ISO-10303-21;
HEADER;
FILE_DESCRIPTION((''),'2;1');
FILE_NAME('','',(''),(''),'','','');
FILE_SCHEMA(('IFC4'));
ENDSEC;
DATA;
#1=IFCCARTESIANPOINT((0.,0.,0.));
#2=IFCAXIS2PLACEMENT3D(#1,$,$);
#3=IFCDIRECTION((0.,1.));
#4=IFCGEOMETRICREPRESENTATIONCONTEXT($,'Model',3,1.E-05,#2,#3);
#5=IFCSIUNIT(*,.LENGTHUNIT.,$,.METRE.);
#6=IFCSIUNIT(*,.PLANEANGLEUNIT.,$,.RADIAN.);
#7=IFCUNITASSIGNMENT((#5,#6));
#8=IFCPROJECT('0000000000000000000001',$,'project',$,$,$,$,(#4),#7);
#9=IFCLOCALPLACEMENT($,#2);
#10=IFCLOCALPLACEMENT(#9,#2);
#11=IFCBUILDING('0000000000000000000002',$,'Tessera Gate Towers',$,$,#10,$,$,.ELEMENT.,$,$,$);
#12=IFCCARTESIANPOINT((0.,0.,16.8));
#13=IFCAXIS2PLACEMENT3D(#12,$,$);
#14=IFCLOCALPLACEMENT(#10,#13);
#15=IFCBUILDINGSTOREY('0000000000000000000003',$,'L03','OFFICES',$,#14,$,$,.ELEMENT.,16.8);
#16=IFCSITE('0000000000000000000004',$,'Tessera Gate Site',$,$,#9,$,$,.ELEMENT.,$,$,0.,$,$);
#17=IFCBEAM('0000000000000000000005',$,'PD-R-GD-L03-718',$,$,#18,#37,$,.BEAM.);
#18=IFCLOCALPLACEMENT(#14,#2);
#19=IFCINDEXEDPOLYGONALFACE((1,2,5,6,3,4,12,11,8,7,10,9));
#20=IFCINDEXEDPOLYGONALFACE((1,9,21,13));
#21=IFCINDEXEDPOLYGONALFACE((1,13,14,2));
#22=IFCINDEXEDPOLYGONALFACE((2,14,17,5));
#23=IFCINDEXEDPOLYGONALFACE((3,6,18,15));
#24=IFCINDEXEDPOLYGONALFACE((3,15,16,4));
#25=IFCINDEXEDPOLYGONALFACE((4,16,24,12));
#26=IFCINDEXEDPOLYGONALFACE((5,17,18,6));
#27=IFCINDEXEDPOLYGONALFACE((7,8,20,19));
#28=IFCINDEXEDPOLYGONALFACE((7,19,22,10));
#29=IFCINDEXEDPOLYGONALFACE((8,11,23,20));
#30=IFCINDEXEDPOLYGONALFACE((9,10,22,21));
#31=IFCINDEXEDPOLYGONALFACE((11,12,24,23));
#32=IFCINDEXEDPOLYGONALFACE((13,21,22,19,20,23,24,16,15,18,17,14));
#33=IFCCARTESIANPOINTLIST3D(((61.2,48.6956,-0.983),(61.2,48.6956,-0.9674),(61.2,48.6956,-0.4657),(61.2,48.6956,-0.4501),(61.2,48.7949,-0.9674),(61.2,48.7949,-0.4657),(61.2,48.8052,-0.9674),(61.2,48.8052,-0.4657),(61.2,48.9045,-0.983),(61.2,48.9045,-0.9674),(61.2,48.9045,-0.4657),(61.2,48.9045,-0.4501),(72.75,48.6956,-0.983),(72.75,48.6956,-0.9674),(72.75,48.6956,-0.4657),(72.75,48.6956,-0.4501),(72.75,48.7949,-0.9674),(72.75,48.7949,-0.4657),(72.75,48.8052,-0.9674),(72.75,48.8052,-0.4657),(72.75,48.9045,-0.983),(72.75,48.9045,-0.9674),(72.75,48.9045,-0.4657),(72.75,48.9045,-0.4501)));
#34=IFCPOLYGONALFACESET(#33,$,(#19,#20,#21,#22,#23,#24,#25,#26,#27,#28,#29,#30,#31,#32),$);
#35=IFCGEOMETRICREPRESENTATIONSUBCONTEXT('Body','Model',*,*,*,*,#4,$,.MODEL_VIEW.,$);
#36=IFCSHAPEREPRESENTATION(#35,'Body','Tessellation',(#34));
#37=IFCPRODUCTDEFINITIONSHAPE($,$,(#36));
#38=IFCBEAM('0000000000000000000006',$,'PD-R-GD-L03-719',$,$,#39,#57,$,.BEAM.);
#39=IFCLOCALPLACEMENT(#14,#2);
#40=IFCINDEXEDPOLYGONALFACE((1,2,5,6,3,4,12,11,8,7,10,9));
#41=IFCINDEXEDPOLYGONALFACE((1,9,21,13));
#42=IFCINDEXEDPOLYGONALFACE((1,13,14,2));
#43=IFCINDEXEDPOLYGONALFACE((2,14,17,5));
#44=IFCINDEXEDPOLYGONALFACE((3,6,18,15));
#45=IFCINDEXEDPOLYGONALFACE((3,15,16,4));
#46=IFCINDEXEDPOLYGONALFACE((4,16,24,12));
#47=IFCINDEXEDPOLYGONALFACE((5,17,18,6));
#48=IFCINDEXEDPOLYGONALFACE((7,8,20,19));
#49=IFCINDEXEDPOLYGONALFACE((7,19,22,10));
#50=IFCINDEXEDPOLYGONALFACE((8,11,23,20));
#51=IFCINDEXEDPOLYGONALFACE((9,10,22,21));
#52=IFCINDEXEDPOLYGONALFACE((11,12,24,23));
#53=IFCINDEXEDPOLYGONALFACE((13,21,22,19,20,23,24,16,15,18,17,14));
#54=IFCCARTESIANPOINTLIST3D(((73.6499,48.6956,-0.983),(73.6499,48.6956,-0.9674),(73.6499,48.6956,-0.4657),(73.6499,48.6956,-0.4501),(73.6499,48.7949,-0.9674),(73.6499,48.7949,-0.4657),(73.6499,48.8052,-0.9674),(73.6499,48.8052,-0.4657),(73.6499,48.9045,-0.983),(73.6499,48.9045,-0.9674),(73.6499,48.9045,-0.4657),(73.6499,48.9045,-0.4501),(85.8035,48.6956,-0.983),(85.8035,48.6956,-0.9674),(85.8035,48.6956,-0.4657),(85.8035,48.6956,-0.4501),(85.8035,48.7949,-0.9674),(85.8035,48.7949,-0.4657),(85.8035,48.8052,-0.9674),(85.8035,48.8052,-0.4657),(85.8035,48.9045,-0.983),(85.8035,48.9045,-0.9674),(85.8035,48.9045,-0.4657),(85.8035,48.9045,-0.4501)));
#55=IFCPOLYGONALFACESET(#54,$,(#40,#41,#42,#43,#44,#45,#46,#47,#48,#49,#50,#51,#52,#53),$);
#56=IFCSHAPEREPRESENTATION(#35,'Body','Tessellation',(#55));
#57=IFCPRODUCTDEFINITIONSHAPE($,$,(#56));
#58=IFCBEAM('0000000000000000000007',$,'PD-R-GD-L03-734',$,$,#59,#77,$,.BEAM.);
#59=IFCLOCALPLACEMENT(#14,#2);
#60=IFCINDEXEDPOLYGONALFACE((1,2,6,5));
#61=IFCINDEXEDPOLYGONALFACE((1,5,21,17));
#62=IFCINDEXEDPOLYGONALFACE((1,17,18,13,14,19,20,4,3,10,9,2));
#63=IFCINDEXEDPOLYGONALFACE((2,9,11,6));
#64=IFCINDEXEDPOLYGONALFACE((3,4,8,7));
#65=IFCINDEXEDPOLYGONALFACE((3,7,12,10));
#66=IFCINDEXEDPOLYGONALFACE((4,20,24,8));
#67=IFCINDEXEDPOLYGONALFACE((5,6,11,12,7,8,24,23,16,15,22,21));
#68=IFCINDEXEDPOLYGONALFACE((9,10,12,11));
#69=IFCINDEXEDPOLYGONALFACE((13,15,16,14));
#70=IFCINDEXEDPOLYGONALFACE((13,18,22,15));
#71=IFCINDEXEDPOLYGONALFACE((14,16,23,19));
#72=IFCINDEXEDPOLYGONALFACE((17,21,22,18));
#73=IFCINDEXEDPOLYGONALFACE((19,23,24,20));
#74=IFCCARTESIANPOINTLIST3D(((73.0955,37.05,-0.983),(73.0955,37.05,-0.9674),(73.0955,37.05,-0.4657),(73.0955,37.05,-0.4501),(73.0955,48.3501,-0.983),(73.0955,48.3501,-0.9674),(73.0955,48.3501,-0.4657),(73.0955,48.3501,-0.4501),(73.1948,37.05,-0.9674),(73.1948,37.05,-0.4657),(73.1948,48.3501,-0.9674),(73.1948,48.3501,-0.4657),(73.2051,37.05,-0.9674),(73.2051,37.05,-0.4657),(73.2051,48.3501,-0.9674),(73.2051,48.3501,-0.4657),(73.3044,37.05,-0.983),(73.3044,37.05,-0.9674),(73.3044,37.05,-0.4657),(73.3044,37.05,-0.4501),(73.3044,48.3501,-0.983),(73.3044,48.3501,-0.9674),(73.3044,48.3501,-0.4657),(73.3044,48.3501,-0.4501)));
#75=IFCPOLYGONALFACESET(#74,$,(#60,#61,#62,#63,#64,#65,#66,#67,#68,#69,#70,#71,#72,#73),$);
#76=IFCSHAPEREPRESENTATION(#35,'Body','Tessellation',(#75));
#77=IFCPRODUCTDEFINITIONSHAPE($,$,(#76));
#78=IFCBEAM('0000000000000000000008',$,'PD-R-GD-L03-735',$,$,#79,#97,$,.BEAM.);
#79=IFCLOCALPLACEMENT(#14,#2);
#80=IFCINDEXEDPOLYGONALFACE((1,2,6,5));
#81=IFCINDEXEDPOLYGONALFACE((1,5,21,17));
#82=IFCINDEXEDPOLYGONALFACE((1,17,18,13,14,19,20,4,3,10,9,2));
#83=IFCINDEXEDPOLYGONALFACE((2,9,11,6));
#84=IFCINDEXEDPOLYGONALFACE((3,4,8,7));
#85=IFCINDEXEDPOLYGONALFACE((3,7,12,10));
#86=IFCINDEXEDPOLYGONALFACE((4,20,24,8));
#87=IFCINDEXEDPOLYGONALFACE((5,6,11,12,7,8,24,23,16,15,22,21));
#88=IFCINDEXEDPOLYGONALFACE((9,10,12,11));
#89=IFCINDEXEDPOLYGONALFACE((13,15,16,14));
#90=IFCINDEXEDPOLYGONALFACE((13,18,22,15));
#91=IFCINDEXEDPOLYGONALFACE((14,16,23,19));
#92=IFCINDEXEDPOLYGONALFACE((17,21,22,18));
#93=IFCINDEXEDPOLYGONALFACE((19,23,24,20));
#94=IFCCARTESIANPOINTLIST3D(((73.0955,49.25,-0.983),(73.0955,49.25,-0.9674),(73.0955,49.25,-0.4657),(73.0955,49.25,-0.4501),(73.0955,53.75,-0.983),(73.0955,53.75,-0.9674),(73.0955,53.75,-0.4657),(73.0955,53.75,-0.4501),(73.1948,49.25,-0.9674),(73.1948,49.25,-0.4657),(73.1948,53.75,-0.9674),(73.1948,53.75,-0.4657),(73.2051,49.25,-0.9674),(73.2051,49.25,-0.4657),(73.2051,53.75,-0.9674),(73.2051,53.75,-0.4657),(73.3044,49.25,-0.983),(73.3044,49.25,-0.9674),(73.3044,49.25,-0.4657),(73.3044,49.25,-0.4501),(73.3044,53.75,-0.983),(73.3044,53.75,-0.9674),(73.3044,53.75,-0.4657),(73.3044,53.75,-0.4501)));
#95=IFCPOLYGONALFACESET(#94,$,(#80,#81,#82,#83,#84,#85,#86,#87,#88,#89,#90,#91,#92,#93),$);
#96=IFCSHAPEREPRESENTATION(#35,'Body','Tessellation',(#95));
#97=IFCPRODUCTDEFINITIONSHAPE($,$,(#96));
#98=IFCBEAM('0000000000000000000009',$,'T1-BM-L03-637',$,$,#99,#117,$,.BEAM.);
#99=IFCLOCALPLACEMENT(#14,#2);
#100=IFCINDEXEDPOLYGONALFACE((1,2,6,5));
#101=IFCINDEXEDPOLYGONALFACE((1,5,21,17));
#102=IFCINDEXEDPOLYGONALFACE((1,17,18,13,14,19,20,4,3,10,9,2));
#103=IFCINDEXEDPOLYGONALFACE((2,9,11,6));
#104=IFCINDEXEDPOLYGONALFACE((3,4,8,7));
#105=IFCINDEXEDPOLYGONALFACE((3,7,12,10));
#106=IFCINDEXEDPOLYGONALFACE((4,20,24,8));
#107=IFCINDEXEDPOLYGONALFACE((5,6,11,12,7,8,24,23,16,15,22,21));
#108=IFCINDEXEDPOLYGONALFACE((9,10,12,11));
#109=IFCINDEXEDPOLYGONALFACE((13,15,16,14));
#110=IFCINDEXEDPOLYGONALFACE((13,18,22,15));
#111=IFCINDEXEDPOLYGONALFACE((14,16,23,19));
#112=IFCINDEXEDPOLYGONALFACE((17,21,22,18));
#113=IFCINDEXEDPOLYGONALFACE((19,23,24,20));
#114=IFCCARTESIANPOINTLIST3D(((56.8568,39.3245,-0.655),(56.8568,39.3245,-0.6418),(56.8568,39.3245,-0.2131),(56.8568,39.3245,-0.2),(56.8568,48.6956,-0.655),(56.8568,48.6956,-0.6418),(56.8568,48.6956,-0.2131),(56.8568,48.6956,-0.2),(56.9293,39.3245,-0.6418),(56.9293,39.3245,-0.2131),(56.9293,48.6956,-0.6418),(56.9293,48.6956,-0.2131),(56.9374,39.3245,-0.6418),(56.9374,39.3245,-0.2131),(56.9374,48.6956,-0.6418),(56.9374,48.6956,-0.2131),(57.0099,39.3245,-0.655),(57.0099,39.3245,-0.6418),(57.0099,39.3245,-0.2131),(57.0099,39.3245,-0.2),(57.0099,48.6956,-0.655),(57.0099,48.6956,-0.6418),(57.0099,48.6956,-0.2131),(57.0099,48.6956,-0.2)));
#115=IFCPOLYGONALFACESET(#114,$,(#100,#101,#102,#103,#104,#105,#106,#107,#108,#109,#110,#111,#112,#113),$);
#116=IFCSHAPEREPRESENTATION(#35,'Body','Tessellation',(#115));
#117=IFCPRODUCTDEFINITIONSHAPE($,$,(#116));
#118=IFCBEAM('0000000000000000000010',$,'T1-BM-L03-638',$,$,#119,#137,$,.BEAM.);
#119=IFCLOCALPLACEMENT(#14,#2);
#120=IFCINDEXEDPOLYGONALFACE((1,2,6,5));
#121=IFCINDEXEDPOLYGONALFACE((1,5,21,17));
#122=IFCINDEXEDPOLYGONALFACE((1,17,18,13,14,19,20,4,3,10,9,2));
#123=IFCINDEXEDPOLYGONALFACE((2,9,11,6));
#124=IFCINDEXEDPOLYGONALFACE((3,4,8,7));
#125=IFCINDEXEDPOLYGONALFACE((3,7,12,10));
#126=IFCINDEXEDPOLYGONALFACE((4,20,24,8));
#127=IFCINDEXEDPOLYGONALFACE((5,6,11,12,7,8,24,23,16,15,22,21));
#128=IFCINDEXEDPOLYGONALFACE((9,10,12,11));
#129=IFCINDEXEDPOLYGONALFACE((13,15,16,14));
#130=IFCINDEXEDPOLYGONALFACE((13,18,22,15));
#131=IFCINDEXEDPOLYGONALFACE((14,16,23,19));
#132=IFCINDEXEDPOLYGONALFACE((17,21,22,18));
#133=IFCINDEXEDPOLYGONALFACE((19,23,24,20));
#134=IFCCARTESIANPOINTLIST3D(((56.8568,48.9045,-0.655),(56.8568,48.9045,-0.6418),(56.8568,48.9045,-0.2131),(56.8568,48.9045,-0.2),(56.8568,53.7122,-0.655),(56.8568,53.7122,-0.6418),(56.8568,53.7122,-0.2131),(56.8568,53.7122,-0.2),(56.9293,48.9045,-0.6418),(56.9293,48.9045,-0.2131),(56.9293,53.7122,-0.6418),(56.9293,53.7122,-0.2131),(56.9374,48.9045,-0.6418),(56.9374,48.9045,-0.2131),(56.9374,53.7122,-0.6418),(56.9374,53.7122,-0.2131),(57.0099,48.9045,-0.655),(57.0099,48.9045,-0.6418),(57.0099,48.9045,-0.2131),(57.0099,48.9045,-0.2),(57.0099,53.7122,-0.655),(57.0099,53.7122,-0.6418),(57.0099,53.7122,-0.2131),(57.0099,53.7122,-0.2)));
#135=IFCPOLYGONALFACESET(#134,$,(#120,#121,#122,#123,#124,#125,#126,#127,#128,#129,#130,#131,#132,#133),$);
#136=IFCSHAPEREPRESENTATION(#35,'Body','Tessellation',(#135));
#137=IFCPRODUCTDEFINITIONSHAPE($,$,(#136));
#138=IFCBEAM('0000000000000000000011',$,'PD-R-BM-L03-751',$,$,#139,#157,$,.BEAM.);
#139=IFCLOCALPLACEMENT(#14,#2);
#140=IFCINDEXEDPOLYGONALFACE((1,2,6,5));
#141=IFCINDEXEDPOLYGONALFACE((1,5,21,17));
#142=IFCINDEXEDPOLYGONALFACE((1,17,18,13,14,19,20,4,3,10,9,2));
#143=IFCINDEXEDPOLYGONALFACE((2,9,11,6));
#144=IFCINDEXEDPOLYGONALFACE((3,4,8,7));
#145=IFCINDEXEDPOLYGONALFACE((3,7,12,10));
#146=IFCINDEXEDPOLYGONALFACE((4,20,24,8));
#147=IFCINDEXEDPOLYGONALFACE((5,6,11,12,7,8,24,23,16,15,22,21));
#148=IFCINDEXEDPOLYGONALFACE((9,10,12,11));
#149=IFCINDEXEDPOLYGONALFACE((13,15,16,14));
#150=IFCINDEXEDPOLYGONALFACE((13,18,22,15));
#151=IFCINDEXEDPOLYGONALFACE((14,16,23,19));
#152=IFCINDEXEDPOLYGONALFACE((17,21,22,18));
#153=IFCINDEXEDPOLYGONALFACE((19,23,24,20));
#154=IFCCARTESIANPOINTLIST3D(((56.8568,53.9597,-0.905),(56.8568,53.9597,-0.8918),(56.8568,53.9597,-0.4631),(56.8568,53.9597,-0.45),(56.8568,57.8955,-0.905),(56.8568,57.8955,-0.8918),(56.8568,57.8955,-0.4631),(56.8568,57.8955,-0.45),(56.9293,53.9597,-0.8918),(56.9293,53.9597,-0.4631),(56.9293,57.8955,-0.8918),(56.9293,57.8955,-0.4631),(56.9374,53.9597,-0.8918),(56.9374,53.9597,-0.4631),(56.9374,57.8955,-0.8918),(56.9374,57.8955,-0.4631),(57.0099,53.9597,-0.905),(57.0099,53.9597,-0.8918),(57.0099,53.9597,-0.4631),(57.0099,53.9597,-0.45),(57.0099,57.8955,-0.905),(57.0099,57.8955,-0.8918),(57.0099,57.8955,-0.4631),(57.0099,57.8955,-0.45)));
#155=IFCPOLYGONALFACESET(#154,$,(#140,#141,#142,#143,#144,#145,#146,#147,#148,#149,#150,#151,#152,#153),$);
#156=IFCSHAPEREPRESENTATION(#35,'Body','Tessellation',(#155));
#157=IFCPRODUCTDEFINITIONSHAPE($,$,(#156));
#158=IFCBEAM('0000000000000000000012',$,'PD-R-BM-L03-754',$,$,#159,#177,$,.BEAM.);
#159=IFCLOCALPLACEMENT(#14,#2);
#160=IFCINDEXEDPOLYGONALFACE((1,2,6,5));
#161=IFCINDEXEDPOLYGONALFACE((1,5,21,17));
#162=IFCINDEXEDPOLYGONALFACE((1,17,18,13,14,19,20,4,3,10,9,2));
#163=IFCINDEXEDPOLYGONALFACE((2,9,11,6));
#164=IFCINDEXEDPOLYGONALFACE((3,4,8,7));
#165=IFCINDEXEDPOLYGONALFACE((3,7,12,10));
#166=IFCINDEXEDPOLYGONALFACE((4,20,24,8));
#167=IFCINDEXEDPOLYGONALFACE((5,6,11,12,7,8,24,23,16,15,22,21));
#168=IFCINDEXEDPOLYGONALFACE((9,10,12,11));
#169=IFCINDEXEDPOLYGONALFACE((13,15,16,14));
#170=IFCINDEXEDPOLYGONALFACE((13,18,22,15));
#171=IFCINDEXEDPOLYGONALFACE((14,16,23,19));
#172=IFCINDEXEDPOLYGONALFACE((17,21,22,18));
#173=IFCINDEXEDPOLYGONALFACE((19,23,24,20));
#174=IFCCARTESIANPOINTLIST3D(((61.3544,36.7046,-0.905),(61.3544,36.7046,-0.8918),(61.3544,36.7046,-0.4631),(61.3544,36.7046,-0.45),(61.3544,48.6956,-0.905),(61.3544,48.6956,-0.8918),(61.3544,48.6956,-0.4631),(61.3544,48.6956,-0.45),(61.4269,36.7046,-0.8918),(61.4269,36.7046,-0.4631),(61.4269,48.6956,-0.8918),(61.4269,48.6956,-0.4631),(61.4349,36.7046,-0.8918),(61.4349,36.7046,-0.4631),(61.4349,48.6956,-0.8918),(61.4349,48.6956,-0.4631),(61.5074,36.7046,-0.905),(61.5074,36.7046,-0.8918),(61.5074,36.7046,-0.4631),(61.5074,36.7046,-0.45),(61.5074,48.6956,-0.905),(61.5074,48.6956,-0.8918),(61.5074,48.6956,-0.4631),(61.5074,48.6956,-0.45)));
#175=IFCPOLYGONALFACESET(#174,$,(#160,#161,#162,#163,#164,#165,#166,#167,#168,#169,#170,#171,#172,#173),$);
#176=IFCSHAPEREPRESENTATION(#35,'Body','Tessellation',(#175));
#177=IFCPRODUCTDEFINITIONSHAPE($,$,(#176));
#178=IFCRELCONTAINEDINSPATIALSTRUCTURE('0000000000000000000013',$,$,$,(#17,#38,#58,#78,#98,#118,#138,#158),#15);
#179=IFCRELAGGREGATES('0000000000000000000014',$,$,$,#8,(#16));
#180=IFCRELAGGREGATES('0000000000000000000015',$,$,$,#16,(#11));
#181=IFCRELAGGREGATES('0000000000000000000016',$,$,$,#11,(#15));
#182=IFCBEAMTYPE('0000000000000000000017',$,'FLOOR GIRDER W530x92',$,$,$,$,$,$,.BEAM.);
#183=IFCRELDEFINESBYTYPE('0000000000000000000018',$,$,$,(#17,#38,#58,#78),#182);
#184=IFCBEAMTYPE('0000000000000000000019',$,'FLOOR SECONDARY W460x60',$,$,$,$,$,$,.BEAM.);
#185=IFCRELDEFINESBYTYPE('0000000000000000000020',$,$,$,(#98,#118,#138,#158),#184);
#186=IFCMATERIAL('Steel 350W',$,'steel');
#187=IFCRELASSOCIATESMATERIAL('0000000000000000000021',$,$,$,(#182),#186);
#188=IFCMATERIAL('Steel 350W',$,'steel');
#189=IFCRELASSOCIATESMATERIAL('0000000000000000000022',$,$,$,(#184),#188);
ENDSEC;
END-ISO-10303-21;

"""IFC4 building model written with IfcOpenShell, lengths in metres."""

from ifc_helpers import new_model, si_unit, direction, frame, origin, origin_2d, place, context, subcontext, project, spatial, i_section, extrude, material, material_profile, profile_set, type_object, element, save


model = new_model("IFC4")

# Units and contexts
model_context = context("Model", 3, precision=1e-05, world=origin(), true_north=direction((0.0, 1.0)))
body_context = subcontext(model_context, "Body", "Model", "MODEL_VIEW")
ifc_project = project(units=[si_unit("LENGTHUNIT", "METRE"), si_unit("PLANEANGLEUNIT", "RADIAN")], contexts=[model_context])

# Site, building, storey
site_placement = place(None, origin())
site = spatial("IfcSite", under=ifc_project, at=site_placement, Name="Tessera Gate Site", CompositionType="ELEMENT", RefElevation=0.0)
building_placement = place(site_placement, origin())
building = spatial("IfcBuilding", under=site, at=building_placement, Name="Tessera Gate Towers", CompositionType="ELEMENT")
storey_placement = place(building_placement, frame((0.0, 0.0, 16.8)))
storey = spatial("IfcBuildingStorey", under=building, at=storey_placement, Name="L03", Description="OFFICES", CompositionType="ELEMENT", Elevation=16.8)

# Beams
ifc_material_1 = material(Name="Steel 350W", Category="steel")
ifc_material_profile_1 = material_profile(ifc_material_1, i_section(OverallWidth=0.209, OverallDepth=0.533, WebThickness=0.0103, FlangeThickness=0.0156, at=origin_2d()), Name="W530x92")
ifc_profile_set_1 = profile_set([ifc_material_profile_1], Name="Steel 350W")
beam_type_1 = type_object("IfcBeamType", Name="FLOOR GIRDER W530x92", PredefinedType="BEAM", material=ifc_profile_set_1)
for number, where, z_axis, x_axis, name in (
    (1, (61.2, 48.8, -0.7166), (1.0, 0.0, 0.0), (0.0, 1.0, 0.0), "PD-R-GD-L03-718"),
):
    element("IfcBeam", number, at=place(storey_placement, frame(where, z_axis=z_axis, x_axis=x_axis)), inside=storey, type_object=beam_type_1, Name=name, PredefinedType="BEAM", context=body_context, shape_type="SweptSolid", body=[
        extrude(i_section(OverallWidth=0.209, OverallDepth=0.533, WebThickness=0.0103, FlangeThickness=0.0156, at=origin_2d()), origin(), (0.0, 0.0, 1.0), 11.55),
    ])
beam_1_placement = place(storey_placement, frame((73.6499, 48.8, -0.7166), z_axis=(1.0, 0.0, 0.0), x_axis=(0.0, 1.0, 0.0)))
element("IfcBeam", 2, at=beam_1_placement, inside=storey, type_object=beam_type_1, Name="PD-R-GD-L03-719", PredefinedType="BEAM", context=body_context, shape_type="SweptSolid", body=[
    extrude(i_section(OverallWidth=0.209, OverallDepth=0.533, WebThickness=0.0103, FlangeThickness=0.0156, at=origin_2d()), origin(), (0.0, 0.0, 1.0), 12.1536),
])
beam_2_placement = place(storey_placement, frame((73.2, 37.05, -0.7166), z_axis=(0.0, 1.0, 0.0), x_axis=(-1.0, 0.0, 0.0)))
element("IfcBeam", 3, at=beam_2_placement, inside=storey, type_object=beam_type_1, Name="PD-R-GD-L03-734", PredefinedType="BEAM", context=body_context, shape_type="SweptSolid", body=[
    extrude(i_section(OverallWidth=0.209, OverallDepth=0.533, WebThickness=0.0103, FlangeThickness=0.0156, at=origin_2d()), origin(), (0.0, 0.0, 1.0), 11.3),
])
beam_3_placement = place(storey_placement, frame((73.2, 49.25, -0.7166), z_axis=(0.0, 1.0, 0.0), x_axis=(-1.0, 0.0, 0.0)))
element("IfcBeam", 4, at=beam_3_placement, inside=storey, type_object=beam_type_1, Name="PD-R-GD-L03-735", PredefinedType="BEAM", context=body_context, shape_type="SweptSolid", body=[
    extrude(i_section(OverallWidth=0.209, OverallDepth=0.533, WebThickness=0.0103, FlangeThickness=0.0156, at=origin_2d()), origin(), (0.0, 0.0, 1.0), 4.5),
])
ifc_material_2 = material(Name="Steel 350W", Category="steel")
ifc_material_profile_2 = material_profile(ifc_material_2, i_section(OverallWidth=0.1531, OverallDepth=0.4551, WebThickness=0.0081, FlangeThickness=0.0132, at=origin_2d()), Name="W460x60")
ifc_profile_set_2 = profile_set([ifc_material_profile_2], Name="Steel 350W")
beam_type_2 = type_object("IfcBeamType", Name="FLOOR SECONDARY W460x60", PredefinedType="BEAM", material=ifc_profile_set_2)
beam_4_placement = place(storey_placement, frame((56.9333, 39.3245, -0.4275), z_axis=(0.0, 1.0, 0.0), x_axis=(-1.0, 0.0, 0.0)))
element("IfcBeam", 5, at=beam_4_placement, inside=storey, type_object=beam_type_2, Name="T1-BM-L03-637", PredefinedType="BEAM", context=body_context, shape_type="SweptSolid", body=[
    extrude(i_section(OverallWidth=0.1531, OverallDepth=0.4551, WebThickness=0.0081, FlangeThickness=0.0132, at=origin_2d()), origin(), (0.0, 0.0, 1.0), 9.3711),
])
beam_5_placement = place(storey_placement, frame((56.9333, 48.9045, -0.4275), z_axis=(0.0, 1.0, 0.0), x_axis=(-1.0, 0.0, 0.0)))
element("IfcBeam", 6, at=beam_5_placement, inside=storey, type_object=beam_type_2, Name="T1-BM-L03-638", PredefinedType="BEAM", context=body_context, shape_type="SweptSolid", body=[
    extrude(i_section(OverallWidth=0.1531, OverallDepth=0.4551, WebThickness=0.0081, FlangeThickness=0.0132, at=origin_2d()), origin(), (0.0, 0.0, 1.0), 4.8076),
])
beam_6_placement = place(storey_placement, frame((56.9333, 53.9597, -0.6775), z_axis=(0.0, 1.0, 0.0), x_axis=(-1.0, 0.0, 0.0)))
element("IfcBeam", 7, at=beam_6_placement, inside=storey, type_object=beam_type_2, Name="PD-R-BM-L03-751", PredefinedType="BEAM", context=body_context, shape_type="SweptSolid", body=[
    extrude(i_section(OverallWidth=0.1531, OverallDepth=0.4551, WebThickness=0.0081, FlangeThickness=0.0132, at=origin_2d()), origin(), (0.0, 0.0, 1.0), 3.9358),
])
beam_7_placement = place(storey_placement, frame((61.4309, 36.7046, -0.6775), z_axis=(0.0, 1.0, 0.0), x_axis=(-1.0, 0.0, 0.0)))
element("IfcBeam", 8, at=beam_7_placement, inside=storey, type_object=beam_type_2, Name="PD-R-BM-L03-754", PredefinedType="BEAM", context=body_context, shape_type="SweptSolid", body=[
    extrude(i_section(OverallWidth=0.1531, OverallDepth=0.4551, WebThickness=0.0081, FlangeThickness=0.0132, at=origin_2d()), origin(), (0.0, 0.0, 1.0), 11.991),
])

save(model, "model.ifc")
